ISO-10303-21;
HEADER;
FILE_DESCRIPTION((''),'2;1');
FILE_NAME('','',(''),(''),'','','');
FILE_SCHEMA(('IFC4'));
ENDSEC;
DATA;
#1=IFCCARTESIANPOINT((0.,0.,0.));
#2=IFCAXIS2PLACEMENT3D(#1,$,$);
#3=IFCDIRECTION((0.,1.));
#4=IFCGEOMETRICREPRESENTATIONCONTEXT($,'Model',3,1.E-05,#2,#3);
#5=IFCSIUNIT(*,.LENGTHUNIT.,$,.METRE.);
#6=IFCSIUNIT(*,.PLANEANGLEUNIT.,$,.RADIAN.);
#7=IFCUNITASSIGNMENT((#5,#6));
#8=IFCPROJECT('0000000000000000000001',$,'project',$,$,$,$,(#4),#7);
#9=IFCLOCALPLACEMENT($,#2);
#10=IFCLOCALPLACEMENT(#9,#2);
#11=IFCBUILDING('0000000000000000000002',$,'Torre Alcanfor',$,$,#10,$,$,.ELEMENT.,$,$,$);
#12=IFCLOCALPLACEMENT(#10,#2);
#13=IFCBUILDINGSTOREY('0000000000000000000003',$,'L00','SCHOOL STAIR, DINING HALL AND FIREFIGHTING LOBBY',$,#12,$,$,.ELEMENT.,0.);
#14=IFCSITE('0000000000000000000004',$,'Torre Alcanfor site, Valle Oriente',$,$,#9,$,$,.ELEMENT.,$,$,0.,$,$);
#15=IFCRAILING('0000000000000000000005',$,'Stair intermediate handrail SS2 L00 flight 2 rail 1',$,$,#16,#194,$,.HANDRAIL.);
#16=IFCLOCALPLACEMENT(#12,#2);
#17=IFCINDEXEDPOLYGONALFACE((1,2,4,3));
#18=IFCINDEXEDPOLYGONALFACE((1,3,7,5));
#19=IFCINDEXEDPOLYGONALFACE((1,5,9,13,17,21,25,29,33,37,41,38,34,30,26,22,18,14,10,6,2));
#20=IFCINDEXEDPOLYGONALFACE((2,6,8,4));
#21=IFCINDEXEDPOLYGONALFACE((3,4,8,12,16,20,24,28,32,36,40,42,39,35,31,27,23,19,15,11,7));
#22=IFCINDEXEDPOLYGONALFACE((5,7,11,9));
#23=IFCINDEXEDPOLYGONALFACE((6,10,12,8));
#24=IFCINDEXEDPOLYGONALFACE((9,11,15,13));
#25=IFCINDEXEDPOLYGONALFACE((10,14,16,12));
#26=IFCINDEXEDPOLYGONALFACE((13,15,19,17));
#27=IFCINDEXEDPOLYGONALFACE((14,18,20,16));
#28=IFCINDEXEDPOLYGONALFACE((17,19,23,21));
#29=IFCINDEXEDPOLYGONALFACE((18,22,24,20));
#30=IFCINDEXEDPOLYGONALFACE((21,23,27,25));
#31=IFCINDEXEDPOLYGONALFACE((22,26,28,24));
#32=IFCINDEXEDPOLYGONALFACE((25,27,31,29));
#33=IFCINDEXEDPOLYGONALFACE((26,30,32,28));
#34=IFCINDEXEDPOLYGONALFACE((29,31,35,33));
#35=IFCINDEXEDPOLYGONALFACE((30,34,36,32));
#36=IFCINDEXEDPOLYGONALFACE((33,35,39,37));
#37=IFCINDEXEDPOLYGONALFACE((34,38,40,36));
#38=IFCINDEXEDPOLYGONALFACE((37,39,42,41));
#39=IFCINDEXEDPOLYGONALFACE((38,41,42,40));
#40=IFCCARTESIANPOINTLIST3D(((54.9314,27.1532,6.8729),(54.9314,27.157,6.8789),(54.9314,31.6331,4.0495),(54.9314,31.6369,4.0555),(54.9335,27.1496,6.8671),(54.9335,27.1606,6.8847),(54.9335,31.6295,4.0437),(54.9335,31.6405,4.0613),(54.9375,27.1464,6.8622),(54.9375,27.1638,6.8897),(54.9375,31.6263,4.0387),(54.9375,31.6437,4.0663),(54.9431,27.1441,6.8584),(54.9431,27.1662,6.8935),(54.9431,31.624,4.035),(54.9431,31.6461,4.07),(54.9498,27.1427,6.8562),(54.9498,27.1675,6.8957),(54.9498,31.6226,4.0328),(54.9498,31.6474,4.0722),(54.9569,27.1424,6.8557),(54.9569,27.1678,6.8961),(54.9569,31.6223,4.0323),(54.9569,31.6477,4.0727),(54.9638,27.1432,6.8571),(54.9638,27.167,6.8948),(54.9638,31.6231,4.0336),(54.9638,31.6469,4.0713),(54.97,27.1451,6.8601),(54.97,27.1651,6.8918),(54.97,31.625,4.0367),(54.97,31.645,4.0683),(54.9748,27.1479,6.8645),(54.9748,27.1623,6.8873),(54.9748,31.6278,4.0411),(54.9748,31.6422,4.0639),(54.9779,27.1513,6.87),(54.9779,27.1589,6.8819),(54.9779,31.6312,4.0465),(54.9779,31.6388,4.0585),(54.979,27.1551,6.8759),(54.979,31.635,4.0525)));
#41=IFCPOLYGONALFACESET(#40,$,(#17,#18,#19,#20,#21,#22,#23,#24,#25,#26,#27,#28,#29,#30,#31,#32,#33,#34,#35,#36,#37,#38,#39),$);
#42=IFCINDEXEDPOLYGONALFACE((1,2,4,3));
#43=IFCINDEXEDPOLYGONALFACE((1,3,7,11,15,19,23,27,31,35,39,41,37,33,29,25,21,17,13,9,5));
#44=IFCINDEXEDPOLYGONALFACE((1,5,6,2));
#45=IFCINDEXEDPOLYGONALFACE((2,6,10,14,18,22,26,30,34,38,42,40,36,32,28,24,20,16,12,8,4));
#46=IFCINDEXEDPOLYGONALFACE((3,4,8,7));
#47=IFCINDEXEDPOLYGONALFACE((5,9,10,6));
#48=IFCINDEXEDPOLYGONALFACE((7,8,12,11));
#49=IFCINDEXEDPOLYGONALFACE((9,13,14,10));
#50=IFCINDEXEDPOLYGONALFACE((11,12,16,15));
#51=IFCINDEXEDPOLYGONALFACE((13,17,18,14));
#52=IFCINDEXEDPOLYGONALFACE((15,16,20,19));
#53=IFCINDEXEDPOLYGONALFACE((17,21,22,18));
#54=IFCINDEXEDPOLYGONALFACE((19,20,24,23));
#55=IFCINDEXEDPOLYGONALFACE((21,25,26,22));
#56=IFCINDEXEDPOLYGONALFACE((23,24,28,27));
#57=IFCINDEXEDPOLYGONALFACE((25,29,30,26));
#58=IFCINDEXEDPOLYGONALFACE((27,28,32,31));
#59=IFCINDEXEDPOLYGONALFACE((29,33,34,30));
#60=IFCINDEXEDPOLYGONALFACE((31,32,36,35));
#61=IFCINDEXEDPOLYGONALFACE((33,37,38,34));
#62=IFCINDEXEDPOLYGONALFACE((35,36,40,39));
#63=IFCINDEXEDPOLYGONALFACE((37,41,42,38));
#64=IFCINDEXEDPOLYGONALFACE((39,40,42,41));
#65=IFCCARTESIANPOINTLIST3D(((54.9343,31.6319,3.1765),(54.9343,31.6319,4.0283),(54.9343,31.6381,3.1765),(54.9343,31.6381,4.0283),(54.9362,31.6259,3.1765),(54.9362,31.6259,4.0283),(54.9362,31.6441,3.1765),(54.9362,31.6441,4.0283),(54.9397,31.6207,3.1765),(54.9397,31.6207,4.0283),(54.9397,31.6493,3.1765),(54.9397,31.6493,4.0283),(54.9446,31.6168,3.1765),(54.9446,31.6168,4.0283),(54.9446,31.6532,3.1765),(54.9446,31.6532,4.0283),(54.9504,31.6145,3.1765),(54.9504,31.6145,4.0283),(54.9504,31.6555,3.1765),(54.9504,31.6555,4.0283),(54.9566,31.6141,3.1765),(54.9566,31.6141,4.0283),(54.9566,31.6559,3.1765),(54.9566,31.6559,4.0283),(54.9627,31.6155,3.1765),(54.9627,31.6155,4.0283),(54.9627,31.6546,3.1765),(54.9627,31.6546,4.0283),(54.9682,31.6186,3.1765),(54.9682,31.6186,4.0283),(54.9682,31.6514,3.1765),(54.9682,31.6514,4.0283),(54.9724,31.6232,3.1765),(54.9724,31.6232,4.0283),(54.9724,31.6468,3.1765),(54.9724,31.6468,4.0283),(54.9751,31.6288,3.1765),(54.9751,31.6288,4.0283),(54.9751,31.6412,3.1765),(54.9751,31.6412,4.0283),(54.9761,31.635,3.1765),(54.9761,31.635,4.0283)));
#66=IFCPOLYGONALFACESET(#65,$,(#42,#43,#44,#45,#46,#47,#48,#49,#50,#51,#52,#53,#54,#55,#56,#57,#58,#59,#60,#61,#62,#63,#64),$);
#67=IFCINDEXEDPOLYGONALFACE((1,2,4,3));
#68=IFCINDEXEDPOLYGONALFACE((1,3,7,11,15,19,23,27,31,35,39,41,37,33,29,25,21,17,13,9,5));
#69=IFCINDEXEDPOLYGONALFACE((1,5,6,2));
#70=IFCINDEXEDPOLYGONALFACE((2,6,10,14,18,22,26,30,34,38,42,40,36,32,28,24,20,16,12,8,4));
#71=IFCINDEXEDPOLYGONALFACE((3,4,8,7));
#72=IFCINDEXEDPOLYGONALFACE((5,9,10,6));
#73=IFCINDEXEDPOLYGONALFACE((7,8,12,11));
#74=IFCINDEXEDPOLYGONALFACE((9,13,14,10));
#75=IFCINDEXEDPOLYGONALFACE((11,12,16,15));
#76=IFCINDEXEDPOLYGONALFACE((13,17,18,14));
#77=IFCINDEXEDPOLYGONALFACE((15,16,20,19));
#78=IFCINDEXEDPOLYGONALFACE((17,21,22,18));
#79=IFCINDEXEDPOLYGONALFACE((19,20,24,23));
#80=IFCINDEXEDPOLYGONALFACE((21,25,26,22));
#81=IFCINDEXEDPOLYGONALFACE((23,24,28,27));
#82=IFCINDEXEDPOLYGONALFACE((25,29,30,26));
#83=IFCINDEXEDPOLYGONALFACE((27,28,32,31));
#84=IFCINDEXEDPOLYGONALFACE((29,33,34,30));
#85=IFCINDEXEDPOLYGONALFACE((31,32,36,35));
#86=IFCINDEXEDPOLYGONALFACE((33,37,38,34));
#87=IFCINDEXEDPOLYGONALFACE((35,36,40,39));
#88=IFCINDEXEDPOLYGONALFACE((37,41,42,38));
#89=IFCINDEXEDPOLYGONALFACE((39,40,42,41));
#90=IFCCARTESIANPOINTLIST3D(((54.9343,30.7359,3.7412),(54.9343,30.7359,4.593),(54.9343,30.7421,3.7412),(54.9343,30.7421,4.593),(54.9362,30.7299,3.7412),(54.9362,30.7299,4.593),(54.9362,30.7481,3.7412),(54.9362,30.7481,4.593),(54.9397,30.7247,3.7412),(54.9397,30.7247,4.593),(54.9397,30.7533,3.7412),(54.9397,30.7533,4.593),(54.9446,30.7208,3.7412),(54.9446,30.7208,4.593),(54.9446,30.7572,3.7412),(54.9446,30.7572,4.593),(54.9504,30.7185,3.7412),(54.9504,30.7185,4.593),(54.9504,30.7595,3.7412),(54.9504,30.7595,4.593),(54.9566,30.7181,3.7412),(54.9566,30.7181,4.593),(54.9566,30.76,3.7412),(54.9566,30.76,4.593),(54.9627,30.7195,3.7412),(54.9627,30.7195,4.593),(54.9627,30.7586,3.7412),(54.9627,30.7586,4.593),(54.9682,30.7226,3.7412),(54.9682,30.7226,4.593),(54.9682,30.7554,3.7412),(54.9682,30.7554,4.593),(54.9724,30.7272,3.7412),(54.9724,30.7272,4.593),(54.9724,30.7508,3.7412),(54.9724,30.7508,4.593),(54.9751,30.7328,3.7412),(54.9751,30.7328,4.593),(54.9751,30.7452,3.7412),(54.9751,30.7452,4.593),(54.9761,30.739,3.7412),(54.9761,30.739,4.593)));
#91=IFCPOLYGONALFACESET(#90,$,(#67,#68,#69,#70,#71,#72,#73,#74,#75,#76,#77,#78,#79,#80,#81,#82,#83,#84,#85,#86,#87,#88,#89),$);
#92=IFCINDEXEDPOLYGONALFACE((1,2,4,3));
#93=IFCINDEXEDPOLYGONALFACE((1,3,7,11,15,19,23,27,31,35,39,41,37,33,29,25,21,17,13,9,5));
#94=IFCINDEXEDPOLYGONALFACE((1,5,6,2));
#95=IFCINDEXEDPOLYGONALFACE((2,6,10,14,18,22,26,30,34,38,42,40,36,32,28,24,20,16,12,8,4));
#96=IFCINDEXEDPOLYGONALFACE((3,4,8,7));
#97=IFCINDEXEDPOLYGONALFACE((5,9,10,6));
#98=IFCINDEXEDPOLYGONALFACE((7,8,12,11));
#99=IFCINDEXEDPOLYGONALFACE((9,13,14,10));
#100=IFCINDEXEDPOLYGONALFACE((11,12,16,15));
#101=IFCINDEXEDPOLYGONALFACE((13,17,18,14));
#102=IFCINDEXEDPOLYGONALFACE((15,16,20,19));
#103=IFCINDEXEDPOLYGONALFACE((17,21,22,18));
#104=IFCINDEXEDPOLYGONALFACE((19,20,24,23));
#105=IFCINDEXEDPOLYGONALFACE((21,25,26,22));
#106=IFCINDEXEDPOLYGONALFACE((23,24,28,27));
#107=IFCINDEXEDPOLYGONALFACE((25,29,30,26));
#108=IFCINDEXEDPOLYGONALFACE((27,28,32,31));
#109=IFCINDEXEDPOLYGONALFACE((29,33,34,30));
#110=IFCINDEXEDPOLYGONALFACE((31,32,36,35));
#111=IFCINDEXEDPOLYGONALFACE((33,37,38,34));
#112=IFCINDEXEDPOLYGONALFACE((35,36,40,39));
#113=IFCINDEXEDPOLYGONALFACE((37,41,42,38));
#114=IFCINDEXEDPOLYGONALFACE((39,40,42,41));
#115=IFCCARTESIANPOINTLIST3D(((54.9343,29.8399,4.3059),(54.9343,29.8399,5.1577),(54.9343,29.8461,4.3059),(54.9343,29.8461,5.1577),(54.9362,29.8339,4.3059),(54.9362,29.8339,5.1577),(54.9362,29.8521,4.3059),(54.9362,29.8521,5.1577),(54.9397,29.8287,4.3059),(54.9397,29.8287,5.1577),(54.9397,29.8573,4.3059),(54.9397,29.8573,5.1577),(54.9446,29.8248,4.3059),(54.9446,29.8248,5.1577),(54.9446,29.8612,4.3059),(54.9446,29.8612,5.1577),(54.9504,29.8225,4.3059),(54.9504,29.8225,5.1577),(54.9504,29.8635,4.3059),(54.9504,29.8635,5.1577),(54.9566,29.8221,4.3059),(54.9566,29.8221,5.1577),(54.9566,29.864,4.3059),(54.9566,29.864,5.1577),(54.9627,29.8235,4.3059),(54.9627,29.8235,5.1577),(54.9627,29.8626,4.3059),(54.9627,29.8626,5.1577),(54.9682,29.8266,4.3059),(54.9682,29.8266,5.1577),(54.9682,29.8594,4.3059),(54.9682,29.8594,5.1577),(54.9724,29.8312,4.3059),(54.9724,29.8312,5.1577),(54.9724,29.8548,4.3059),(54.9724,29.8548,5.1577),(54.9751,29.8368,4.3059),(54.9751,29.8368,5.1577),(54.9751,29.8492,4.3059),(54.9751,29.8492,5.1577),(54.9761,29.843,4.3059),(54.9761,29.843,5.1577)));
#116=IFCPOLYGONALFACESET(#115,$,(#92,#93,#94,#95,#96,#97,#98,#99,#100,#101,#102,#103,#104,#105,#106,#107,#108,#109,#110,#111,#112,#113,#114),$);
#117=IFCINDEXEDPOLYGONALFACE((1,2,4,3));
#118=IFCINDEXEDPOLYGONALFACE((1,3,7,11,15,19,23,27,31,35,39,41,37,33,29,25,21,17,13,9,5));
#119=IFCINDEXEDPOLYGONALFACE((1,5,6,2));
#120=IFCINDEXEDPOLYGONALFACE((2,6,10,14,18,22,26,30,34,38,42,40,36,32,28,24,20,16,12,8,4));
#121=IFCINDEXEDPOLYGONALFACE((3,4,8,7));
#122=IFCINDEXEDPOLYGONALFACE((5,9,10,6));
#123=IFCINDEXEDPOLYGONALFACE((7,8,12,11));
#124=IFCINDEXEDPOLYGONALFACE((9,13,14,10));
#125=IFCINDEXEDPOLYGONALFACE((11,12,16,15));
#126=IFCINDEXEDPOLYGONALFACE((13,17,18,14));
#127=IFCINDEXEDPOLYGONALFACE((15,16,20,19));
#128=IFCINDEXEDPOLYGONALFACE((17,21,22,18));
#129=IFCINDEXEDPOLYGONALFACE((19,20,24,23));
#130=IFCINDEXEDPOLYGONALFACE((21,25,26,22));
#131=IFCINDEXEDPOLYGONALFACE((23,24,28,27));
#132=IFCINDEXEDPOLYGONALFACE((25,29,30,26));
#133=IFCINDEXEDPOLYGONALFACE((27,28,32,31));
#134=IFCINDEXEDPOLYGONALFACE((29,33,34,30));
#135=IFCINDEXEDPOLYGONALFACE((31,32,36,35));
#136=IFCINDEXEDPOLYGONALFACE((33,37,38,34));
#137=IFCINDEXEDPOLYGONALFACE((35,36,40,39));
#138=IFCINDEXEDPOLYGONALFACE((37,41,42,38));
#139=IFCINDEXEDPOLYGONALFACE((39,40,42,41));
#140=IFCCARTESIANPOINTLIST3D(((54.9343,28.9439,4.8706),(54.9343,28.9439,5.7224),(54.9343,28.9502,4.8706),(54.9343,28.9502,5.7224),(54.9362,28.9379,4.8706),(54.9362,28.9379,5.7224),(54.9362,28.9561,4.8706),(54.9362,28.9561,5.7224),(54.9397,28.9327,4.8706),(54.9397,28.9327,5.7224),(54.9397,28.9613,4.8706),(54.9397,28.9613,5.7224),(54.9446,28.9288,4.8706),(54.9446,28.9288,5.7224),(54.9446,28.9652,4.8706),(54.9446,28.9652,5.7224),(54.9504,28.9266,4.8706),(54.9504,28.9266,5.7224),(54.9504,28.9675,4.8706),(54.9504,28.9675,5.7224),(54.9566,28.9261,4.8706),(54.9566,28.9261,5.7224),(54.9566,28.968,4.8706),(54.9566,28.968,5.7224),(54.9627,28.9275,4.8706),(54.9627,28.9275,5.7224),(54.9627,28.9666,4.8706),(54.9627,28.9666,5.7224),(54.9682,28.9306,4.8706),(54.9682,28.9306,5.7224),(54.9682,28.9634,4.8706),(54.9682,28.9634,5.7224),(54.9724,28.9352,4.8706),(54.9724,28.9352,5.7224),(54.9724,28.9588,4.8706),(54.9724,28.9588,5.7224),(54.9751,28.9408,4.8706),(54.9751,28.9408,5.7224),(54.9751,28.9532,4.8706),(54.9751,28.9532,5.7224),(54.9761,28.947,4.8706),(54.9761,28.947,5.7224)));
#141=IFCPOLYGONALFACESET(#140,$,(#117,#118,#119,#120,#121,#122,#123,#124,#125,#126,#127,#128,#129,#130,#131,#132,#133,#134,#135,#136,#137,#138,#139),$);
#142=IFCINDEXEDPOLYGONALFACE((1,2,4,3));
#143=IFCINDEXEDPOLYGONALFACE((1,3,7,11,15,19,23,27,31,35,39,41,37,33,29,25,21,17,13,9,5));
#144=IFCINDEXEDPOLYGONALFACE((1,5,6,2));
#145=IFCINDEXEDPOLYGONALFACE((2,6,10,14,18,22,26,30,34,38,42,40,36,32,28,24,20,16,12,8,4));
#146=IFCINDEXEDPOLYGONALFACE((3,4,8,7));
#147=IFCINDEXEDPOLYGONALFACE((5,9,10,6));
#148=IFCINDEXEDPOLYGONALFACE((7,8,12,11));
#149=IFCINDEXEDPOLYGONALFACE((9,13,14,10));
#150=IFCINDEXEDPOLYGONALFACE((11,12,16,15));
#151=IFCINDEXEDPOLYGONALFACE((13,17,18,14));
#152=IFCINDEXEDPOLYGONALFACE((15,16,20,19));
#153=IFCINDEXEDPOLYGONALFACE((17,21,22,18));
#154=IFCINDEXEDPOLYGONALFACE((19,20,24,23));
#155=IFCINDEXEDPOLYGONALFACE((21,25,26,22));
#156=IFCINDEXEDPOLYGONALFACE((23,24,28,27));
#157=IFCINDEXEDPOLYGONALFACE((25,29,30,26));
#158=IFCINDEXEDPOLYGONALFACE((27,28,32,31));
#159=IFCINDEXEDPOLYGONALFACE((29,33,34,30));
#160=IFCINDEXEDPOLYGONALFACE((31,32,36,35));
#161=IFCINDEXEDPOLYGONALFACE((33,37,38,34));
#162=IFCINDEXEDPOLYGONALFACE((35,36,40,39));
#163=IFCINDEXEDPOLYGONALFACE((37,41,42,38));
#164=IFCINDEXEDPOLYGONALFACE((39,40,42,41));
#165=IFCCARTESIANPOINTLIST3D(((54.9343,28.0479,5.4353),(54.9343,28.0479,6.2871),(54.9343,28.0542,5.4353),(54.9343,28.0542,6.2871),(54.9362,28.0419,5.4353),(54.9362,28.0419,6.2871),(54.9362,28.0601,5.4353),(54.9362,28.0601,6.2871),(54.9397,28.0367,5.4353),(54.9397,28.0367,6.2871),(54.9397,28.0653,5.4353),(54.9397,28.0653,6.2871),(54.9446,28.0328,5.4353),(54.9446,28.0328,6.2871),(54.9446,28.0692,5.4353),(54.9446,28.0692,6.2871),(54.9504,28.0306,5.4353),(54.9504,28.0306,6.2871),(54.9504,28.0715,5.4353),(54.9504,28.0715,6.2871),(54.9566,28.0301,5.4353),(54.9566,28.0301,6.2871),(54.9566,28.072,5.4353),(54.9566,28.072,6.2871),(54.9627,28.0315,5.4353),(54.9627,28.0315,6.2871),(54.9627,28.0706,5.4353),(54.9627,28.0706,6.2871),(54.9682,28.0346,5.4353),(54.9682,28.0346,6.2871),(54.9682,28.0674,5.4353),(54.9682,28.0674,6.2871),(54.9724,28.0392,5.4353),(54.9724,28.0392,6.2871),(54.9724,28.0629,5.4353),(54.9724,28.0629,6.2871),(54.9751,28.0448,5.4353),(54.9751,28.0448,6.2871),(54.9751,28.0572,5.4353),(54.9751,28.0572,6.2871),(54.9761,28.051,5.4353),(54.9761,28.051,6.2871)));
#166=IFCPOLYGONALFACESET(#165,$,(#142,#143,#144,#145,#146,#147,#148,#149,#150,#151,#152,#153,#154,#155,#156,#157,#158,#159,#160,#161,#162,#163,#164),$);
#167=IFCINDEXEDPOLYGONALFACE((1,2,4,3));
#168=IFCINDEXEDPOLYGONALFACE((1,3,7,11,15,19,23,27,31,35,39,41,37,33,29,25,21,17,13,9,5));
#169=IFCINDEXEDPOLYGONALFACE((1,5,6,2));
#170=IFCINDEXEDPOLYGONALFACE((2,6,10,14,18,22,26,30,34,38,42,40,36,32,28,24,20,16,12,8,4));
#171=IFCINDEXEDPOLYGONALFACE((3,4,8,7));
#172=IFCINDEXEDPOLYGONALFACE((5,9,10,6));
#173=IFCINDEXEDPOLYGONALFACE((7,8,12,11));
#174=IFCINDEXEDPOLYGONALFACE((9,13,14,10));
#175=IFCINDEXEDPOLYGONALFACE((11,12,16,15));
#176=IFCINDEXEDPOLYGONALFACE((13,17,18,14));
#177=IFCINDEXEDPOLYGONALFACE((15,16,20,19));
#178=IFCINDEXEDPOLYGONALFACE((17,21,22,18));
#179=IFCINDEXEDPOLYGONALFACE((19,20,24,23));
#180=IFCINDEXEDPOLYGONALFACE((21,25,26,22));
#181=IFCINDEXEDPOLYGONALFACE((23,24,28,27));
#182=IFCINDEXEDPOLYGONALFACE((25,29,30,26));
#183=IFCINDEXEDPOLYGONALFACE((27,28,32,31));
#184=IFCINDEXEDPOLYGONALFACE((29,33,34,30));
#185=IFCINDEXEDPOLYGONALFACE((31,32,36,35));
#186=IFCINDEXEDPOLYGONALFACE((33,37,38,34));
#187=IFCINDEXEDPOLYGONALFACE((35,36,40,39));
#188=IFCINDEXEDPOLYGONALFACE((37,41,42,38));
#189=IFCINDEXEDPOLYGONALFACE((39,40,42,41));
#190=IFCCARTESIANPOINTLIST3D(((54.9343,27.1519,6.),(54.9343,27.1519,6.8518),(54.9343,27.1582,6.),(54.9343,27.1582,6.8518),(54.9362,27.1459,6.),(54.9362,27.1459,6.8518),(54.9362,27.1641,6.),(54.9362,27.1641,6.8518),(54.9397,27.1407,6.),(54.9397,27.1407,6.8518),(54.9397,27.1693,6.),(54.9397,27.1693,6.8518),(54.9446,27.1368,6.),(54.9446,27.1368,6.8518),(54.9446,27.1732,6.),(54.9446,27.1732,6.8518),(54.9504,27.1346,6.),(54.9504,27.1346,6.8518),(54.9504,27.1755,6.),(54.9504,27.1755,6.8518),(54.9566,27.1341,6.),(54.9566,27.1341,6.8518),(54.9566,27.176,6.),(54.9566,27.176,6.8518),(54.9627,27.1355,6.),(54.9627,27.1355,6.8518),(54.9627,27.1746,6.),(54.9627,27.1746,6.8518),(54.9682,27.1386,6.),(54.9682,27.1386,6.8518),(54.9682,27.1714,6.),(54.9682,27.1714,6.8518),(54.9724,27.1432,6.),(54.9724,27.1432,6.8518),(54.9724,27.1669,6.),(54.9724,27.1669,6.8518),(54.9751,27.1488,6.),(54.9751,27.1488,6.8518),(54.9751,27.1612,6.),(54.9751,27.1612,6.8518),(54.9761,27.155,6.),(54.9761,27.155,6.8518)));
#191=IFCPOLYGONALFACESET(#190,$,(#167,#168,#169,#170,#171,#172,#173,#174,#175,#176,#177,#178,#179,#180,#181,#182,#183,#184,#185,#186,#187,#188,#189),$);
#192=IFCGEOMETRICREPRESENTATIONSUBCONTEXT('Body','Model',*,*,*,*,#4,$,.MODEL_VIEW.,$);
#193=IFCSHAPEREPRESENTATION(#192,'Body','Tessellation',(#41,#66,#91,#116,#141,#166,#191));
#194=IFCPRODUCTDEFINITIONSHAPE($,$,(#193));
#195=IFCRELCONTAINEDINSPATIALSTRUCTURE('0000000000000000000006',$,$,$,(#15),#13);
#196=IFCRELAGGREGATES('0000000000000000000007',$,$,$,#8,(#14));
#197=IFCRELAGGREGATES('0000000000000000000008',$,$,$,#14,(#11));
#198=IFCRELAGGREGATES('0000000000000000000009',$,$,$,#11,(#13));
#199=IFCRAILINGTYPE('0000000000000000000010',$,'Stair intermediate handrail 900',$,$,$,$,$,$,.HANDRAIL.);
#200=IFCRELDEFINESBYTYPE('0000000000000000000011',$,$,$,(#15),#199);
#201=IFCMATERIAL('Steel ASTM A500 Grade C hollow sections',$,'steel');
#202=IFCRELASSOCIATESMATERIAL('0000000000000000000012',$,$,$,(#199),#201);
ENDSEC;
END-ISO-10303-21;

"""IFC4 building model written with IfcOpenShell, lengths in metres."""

from ifc_helpers import new_model, si_unit, direction, frame, origin, origin_2d, place, context, subcontext, project, spatial, circle, extrude, material, type_object, element, save


model = new_model("IFC4")

# Units and contexts
model_context = context("Model", 3, precision=1e-05, world=origin(), true_north=direction((0.0, 1.0)))
body_context = subcontext(model_context, "Body", "Model", "MODEL_VIEW")
ifc_project = project(units=[si_unit("LENGTHUNIT", "METRE"), si_unit("PLANEANGLEUNIT", "RADIAN")], contexts=[model_context])

# Site, building, storey
site_placement = place(None, origin())
site = spatial("IfcSite", under=ifc_project, at=site_placement, Name="Torre Alcanfor site, Valle Oriente", CompositionType="ELEMENT", RefElevation=0.0)
building_placement = place(site_placement, origin())
building = spatial("IfcBuilding", under=site, at=building_placement, Name="Torre Alcanfor", CompositionType="ELEMENT")
storey_placement = place(building_placement, origin())
storey = spatial("IfcBuildingStorey", under=building, at=storey_placement, Name="L00", Description="SCHOOL STAIR, DINING HALL AND FIREFIGHTING LOBBY", CompositionType="ELEMENT", Elevation=0.0)

# Railing
ifc_material_1 = material(Name="Steel ASTM A500 Grade C hollow sections", Category="steel")
railing_type_1 = type_object("IfcRailingType", Name="Stair intermediate handrail 900", PredefinedType="HANDRAIL", material=ifc_material_1)
railing_1_placement = place(storey_placement, frame((54.9551, 31.635, 3.1765)))
element("IfcRailing", 1, at=railing_1_placement, inside=storey, type_object=railing_type_1, Name="Stair intermediate handrail SS2 L00 flight 2 rail 1", PredefinedType="HANDRAIL", context=body_context, shape_type="SweptSolid", body=[
    extrude(circle(Radius=0.0239, at=origin_2d()), frame((0.0, 0.0, 0.876), z_axis=(0.0, -0.845998, 0.533186), x_axis=(1.0, 0.0, 0.0)), (0.0, 0.0, 1.0), 5.2954),
    extrude(circle(Radius=0.021, at=origin_2d()), origin(), (0.0, 0.0, 1.0), 0.8518),
    extrude(circle(Radius=0.021, at=origin_2d()), frame((0.0, -0.896, 0.5647)), (0.0, 0.0, 1.0), 0.8518),
    extrude(circle(Radius=0.021, at=origin_2d()), frame((0.0, -1.792, 1.1294)), (0.0, 0.0, 1.0), 0.8518),
    extrude(circle(Radius=0.021, at=origin_2d()), frame((0.0, -2.688, 1.6941)), (0.0, 0.0, 1.0), 0.8518),
    extrude(circle(Radius=0.021, at=origin_2d()), frame((0.0, -3.584, 2.2588)), (0.0, 0.0, 1.0), 0.8518),
    extrude(circle(Radius=0.021, at=origin_2d()), frame((0.0, -4.48, 2.8235)), (0.0, 0.0, 1.0), 0.8518),
])

save(model, "model.ifc")
